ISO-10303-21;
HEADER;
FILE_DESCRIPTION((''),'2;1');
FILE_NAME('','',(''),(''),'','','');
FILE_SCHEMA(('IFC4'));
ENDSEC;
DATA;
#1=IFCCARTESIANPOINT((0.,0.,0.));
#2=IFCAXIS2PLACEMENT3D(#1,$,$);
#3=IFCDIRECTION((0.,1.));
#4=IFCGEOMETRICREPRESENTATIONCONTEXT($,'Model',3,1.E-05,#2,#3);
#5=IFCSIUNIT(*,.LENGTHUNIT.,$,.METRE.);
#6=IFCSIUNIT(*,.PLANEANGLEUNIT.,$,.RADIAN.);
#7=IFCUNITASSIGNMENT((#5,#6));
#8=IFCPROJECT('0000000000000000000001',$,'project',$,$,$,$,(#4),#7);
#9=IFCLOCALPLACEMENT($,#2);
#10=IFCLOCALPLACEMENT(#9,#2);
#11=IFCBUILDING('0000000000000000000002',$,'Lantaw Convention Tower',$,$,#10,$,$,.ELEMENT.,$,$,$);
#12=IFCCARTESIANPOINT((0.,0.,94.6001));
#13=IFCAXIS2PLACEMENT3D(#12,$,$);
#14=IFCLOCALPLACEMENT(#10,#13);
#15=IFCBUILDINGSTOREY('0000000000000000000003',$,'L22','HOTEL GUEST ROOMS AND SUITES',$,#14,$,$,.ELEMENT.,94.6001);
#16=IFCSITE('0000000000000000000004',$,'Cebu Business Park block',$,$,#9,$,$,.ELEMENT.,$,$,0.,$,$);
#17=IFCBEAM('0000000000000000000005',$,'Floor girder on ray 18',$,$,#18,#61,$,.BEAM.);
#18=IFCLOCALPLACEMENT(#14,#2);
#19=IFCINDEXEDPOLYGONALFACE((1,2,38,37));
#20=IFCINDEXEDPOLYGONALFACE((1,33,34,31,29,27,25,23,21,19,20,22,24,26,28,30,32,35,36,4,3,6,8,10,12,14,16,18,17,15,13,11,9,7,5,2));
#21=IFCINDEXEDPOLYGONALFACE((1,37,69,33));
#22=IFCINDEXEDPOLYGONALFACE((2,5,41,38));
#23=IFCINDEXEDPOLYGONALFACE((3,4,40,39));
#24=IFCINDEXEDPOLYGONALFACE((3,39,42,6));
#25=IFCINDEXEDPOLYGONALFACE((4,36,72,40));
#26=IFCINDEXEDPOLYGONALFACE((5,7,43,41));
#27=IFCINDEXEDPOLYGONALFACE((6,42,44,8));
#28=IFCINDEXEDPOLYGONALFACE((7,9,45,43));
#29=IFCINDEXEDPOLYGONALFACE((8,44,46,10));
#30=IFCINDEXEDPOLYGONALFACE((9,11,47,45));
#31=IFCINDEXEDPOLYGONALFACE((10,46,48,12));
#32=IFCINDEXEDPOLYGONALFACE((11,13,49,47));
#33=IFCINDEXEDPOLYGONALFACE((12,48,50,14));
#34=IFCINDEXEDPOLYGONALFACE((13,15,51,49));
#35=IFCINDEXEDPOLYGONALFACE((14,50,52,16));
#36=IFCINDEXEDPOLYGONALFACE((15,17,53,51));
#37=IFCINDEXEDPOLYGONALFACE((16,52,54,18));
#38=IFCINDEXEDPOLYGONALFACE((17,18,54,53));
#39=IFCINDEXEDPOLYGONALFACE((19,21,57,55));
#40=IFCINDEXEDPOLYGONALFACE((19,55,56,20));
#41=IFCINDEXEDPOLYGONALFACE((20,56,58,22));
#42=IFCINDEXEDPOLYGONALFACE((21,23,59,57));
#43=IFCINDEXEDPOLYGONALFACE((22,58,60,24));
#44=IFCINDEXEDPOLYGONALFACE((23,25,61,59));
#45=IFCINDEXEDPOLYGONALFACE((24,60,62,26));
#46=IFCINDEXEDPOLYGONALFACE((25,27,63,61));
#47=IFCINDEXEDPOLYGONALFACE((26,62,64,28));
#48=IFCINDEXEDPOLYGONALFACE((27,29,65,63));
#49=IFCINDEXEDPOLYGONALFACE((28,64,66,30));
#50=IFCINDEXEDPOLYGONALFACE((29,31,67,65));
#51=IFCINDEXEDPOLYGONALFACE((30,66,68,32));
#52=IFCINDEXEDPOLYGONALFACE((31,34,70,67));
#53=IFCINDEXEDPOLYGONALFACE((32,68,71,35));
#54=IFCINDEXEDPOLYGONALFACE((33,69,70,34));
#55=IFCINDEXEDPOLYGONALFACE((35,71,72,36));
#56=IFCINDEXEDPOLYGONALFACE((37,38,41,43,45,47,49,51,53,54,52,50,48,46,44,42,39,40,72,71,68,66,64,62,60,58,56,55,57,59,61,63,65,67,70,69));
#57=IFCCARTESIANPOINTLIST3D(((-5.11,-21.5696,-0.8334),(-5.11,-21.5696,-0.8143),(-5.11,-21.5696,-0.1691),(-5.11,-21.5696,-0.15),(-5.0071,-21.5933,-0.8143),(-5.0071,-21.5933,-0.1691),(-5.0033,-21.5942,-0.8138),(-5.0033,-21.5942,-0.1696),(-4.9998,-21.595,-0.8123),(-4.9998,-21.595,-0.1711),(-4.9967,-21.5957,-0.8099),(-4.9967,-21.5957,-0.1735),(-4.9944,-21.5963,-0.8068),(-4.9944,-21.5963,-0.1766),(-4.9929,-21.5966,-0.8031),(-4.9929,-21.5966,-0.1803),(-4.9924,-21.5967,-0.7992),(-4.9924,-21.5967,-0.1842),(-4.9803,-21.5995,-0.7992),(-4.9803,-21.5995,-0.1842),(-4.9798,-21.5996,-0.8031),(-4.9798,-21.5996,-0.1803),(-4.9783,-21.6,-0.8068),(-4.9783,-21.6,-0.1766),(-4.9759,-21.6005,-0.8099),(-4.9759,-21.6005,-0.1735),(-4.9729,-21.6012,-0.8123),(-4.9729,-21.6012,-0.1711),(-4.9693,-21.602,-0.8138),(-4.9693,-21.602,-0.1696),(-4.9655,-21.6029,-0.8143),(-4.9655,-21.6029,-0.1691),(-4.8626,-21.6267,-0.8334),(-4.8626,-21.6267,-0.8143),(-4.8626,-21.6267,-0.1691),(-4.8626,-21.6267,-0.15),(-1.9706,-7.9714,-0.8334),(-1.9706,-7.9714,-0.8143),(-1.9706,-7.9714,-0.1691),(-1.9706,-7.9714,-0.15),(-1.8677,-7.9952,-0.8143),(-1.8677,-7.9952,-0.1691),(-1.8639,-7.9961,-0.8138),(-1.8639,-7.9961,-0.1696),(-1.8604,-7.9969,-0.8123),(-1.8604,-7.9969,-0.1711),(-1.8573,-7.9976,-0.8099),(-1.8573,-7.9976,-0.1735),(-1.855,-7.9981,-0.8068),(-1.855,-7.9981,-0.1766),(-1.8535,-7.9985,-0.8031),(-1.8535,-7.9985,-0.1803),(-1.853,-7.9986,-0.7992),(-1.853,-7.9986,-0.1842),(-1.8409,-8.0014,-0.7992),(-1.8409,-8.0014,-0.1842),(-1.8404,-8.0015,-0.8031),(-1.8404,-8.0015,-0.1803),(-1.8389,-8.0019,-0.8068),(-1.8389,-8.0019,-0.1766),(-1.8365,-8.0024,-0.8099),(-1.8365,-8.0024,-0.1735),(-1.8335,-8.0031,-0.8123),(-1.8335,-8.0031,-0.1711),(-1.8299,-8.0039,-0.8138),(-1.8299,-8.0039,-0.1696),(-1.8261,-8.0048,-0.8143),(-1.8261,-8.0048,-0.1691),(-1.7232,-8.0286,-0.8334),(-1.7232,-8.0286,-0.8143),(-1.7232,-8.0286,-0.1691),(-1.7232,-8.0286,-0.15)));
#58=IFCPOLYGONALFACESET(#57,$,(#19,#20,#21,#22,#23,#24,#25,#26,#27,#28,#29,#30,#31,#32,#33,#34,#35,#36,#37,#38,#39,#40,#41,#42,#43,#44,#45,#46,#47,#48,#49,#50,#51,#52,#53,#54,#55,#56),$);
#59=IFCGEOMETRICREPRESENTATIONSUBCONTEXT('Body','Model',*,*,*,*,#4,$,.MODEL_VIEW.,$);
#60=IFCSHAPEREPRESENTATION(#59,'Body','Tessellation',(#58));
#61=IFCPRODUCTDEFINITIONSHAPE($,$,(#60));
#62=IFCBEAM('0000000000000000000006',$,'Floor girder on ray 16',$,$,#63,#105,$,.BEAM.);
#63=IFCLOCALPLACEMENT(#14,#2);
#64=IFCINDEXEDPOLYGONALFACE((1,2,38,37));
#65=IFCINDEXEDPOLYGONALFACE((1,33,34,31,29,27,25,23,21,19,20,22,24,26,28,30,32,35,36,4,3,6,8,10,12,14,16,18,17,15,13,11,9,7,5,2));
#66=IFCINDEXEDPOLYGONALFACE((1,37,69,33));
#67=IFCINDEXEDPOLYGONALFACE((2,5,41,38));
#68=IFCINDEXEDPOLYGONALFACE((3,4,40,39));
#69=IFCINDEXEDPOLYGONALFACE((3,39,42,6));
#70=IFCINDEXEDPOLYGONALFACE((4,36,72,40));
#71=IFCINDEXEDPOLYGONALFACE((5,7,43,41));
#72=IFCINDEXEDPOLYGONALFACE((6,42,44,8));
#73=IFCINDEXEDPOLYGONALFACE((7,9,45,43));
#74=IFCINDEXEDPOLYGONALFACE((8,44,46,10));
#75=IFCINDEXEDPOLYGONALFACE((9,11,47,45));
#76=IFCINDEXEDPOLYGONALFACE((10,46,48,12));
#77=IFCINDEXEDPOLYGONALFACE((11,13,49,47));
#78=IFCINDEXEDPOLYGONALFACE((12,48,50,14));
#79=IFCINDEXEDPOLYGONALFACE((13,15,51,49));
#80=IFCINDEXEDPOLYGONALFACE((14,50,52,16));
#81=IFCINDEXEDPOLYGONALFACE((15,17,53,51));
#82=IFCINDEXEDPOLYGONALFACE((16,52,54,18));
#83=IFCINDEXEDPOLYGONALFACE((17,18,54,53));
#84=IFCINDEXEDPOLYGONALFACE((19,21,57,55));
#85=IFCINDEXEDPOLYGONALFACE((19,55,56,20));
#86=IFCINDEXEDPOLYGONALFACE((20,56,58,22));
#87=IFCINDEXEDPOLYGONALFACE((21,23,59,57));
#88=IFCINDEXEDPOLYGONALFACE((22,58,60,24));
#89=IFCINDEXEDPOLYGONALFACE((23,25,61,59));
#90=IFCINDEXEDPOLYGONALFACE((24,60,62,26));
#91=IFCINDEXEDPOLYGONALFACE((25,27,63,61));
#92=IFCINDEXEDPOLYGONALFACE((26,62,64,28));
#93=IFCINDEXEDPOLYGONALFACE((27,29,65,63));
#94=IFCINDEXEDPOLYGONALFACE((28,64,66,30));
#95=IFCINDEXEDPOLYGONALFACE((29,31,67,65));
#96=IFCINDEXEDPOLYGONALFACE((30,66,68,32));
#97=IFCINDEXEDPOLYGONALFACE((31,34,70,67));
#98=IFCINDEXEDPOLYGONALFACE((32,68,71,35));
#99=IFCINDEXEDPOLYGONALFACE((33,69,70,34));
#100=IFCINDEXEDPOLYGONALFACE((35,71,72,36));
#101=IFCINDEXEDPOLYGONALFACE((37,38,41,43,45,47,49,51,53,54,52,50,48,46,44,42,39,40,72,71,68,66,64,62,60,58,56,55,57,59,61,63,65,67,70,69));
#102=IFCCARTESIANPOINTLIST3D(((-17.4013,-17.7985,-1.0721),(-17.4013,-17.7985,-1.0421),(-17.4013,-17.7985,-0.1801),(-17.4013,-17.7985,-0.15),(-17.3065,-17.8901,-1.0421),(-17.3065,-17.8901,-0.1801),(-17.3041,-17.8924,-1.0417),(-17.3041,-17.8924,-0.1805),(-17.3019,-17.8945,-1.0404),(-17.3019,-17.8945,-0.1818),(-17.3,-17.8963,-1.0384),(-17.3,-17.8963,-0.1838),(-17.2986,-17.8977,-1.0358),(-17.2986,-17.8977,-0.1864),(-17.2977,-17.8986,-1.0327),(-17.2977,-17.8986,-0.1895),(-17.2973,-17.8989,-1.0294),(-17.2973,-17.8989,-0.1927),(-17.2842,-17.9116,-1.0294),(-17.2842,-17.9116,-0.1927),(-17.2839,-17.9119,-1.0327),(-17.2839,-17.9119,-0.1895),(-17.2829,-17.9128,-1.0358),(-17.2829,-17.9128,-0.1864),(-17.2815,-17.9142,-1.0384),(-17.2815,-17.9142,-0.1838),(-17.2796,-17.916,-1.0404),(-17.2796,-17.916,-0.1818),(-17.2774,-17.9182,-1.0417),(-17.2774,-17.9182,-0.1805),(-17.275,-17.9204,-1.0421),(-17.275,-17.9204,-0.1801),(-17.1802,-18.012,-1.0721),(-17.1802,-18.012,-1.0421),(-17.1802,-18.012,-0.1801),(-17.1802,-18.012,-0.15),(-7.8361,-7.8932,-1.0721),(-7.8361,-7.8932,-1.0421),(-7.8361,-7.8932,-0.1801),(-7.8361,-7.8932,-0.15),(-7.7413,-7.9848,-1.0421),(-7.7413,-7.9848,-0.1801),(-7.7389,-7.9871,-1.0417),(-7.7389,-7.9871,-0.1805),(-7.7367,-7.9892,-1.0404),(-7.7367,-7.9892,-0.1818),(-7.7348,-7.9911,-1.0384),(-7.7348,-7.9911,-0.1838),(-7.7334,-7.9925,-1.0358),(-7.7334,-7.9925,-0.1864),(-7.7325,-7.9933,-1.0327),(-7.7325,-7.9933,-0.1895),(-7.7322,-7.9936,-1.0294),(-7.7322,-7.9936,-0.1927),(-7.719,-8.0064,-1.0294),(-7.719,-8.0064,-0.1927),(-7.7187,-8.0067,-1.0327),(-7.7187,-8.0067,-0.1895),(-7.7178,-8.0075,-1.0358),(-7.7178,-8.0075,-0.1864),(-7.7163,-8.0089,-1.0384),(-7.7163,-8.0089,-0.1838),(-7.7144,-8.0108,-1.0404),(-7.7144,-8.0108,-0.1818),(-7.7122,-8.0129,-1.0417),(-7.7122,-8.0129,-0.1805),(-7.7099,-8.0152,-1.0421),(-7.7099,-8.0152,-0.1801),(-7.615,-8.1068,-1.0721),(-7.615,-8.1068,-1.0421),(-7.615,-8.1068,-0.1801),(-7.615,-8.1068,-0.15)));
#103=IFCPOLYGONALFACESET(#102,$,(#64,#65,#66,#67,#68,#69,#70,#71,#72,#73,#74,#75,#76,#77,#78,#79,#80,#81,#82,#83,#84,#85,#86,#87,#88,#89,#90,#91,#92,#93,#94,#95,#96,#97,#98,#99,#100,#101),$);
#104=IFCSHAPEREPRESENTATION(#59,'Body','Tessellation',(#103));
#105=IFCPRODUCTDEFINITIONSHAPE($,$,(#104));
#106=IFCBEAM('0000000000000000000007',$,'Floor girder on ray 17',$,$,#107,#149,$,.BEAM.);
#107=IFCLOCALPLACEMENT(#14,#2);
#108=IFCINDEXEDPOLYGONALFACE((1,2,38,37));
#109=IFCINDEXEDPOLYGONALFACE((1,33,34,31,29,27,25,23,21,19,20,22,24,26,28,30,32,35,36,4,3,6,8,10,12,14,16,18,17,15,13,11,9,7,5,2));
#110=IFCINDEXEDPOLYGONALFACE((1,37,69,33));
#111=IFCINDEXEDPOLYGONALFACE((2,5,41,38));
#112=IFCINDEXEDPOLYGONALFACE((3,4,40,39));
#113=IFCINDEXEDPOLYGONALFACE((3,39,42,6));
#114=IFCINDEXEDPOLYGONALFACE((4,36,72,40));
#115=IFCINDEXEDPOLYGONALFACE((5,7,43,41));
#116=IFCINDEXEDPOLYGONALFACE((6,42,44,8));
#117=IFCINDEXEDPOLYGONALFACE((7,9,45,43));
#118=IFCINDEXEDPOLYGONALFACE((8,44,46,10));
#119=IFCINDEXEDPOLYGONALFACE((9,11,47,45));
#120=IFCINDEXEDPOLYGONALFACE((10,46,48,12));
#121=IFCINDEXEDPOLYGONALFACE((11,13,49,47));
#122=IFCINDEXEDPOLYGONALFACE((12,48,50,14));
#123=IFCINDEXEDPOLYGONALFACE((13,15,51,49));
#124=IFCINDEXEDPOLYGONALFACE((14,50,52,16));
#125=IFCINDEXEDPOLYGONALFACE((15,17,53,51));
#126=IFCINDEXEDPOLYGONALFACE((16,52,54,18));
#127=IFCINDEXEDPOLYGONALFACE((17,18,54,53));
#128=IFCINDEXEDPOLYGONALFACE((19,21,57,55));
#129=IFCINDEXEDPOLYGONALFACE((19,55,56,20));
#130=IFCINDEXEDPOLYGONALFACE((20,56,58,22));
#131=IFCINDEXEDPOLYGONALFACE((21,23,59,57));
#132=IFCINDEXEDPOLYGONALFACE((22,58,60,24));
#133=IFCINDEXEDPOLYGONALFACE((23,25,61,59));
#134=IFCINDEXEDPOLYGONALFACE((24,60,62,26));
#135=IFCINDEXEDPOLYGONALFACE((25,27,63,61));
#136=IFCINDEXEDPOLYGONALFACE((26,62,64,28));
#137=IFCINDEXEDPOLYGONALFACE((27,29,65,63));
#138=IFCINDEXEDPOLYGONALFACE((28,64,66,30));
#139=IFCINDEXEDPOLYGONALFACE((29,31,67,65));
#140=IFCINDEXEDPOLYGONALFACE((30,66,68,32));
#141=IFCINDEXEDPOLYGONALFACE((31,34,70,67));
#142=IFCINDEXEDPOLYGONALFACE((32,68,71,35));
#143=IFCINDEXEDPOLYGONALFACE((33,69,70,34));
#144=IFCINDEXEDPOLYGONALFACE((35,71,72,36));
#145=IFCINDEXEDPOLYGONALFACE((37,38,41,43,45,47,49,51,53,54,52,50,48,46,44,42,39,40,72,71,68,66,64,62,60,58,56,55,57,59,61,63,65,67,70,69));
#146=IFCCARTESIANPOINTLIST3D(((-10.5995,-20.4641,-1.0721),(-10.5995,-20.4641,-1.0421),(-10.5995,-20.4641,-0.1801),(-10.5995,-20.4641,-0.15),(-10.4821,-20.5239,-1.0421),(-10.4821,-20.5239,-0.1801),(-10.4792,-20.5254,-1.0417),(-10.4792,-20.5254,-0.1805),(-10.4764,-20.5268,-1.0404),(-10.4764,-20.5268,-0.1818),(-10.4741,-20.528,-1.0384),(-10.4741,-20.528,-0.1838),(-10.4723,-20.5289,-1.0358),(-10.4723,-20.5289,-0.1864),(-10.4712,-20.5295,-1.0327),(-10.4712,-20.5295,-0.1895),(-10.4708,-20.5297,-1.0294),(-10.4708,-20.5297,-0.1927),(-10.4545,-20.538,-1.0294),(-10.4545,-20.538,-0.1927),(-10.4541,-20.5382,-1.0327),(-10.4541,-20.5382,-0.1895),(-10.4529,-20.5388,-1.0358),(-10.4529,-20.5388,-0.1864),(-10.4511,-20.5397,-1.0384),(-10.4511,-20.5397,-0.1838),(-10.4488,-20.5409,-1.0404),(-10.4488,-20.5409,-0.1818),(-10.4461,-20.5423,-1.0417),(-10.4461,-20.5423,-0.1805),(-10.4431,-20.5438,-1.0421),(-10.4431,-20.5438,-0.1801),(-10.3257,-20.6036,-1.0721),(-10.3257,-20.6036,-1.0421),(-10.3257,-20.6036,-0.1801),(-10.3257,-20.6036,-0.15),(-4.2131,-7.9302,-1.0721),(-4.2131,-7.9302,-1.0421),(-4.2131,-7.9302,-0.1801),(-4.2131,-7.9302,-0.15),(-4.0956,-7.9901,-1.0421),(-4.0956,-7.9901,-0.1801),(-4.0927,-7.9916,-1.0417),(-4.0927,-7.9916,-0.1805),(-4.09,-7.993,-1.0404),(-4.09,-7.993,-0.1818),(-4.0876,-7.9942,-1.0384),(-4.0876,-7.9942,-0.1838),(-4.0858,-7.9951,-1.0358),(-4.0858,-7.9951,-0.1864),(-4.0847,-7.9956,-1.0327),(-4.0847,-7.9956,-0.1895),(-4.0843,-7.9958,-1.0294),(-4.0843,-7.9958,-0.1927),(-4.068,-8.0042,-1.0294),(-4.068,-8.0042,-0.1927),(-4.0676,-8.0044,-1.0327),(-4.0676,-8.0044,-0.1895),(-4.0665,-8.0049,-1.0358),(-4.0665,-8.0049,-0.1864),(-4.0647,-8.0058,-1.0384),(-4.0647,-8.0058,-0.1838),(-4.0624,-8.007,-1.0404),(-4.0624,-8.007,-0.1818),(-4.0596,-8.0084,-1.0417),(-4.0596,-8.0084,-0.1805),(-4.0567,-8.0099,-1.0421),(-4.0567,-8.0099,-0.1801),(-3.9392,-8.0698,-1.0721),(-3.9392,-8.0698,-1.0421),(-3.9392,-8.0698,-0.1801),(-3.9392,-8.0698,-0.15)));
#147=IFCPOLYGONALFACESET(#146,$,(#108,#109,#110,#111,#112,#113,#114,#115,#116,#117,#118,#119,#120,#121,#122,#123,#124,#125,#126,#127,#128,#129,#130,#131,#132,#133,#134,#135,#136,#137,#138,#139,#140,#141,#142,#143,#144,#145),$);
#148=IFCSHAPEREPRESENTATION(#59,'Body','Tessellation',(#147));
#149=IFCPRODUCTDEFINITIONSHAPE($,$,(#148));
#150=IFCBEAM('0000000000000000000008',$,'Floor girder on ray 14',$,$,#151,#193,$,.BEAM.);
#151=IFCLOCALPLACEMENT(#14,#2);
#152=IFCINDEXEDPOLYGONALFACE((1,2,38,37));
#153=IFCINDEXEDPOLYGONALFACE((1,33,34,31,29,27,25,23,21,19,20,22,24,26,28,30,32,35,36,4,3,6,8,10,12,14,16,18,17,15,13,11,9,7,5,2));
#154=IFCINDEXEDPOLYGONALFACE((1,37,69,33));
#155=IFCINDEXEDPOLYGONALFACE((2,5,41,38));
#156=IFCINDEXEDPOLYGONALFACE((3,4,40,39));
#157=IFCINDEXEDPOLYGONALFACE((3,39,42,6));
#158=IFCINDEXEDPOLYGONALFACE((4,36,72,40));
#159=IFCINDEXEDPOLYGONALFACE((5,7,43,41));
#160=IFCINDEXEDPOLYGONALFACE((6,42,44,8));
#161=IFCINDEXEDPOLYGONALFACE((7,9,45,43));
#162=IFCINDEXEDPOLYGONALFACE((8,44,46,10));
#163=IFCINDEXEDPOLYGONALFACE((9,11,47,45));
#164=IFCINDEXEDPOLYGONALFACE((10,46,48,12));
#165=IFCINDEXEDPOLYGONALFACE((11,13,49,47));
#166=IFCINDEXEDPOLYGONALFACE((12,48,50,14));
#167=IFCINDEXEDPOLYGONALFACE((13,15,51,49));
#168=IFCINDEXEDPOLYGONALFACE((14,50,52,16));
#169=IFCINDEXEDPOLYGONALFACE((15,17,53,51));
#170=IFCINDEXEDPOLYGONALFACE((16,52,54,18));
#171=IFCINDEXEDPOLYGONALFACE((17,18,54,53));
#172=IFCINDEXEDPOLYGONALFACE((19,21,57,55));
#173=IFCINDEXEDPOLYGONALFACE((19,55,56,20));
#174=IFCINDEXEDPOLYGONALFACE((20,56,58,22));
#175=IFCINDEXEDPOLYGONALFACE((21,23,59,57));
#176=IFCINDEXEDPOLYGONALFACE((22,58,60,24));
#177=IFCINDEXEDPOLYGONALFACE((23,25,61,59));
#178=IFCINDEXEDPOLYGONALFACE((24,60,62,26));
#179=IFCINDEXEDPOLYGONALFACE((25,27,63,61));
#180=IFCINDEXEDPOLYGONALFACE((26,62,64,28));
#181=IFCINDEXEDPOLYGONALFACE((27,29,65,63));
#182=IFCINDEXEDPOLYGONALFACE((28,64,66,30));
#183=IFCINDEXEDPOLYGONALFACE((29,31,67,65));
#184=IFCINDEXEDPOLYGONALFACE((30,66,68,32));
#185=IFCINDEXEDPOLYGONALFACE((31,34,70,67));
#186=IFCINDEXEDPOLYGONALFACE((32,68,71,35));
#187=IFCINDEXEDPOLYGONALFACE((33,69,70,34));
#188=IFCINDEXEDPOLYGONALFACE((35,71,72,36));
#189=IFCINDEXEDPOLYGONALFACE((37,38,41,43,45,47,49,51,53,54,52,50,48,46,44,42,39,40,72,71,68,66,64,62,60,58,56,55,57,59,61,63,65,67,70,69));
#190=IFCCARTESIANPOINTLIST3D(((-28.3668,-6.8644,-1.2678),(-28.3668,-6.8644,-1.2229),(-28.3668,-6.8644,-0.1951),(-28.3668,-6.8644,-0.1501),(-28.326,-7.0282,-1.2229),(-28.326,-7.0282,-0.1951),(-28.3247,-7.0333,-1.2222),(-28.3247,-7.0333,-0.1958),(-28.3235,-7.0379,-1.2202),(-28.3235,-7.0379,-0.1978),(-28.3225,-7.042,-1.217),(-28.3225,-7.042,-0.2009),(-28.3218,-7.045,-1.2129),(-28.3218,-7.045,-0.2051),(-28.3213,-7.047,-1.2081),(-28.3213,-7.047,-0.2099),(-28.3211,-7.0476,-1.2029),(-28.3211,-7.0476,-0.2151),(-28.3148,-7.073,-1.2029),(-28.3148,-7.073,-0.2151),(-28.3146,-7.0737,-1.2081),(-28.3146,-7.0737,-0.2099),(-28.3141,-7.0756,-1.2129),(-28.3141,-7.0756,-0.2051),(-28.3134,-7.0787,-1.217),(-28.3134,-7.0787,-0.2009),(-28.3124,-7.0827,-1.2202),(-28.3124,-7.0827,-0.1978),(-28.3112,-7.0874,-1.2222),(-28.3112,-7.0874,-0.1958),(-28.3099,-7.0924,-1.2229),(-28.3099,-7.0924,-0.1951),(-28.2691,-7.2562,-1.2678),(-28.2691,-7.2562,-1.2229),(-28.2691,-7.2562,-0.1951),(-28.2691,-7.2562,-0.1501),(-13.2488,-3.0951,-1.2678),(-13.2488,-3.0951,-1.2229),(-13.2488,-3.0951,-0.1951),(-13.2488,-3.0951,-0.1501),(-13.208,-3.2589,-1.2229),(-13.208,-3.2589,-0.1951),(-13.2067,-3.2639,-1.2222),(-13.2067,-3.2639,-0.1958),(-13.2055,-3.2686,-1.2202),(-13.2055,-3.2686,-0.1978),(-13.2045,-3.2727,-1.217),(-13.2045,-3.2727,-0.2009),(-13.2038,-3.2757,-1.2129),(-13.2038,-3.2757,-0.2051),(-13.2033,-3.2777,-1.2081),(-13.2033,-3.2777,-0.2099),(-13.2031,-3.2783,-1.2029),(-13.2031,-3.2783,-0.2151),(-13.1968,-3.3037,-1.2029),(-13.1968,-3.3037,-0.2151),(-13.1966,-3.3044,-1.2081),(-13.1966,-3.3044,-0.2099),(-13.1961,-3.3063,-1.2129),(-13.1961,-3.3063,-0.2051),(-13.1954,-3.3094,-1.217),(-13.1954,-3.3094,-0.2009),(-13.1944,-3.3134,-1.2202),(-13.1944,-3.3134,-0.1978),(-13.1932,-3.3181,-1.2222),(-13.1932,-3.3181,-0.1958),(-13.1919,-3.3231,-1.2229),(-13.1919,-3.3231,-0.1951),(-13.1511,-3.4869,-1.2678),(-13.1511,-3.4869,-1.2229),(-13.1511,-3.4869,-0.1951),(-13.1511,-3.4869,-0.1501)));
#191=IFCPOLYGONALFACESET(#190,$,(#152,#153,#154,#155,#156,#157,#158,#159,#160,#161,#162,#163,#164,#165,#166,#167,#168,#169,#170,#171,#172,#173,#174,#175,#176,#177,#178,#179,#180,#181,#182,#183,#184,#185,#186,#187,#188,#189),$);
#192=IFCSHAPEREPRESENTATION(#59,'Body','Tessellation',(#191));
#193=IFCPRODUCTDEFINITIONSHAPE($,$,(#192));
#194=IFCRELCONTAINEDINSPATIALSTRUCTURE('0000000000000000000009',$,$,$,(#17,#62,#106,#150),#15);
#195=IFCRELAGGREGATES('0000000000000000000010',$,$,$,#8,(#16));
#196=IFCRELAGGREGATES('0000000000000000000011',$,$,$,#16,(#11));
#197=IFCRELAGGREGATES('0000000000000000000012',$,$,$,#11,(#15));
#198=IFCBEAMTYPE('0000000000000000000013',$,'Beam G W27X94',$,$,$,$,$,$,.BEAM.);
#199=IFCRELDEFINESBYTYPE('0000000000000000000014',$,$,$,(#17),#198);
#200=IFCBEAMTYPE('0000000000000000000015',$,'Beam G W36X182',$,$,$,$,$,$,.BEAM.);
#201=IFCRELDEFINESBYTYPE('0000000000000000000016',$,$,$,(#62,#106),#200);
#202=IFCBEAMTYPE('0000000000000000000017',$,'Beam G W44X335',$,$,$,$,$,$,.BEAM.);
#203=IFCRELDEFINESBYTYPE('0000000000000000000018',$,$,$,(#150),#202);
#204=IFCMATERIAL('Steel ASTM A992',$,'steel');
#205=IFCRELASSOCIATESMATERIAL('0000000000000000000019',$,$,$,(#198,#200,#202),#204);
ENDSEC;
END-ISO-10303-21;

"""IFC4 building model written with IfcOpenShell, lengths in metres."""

from ifc_helpers import new_model, si_unit, direction, frame, origin, origin_2d, place, context, subcontext, project, spatial, i_section, extrude, material, material_profile, profile_set, type_object, element, save


model = new_model("IFC4")

# Units and contexts
model_context = context("Model", 3, precision=1e-05, world=origin(), true_north=direction((0.0, 1.0)))
body_context = subcontext(model_context, "Body", "Model", "MODEL_VIEW")
ifc_project = project(units=[si_unit("LENGTHUNIT", "METRE"), si_unit("PLANEANGLEUNIT", "RADIAN")], contexts=[model_context])

# Site, building, storey
site_placement = place(None, origin())
site = spatial("IfcSite", under=ifc_project, at=site_placement, Name="Cebu Business Park block", CompositionType="ELEMENT", RefElevation=0.0)
building_placement = place(site_placement, origin())
building = spatial("IfcBuilding", under=site, at=building_placement, Name="Lantaw Convention Tower", CompositionType="ELEMENT")
storey_placement = place(building_placement, frame((0.0, 0.0, 94.6001)))
storey = spatial("IfcBuildingStorey", under=building, at=storey_placement, Name="L22", Description="HOTEL GUEST ROOMS AND SUITES", CompositionType="ELEMENT", Elevation=94.6001)

# Beams
ifc_material_1 = material(Name="Steel ASTM A992", Category="steel")
ifc_material_profile_1 = material_profile(ifc_material_1, i_section(OverallWidth=0.2539, OverallDepth=0.6833, WebThickness=0.0125, FlangeThickness=0.019, FilletRadius=0.0151, at=origin_2d()), Name="W27X94")
ifc_profile_set_1 = profile_set([ifc_material_profile_1], Name="Steel ASTM A992")
beam_type_1 = type_object("IfcBeamType", Name="Beam G W27X94", PredefinedType="BEAM", material=ifc_profile_set_1)
beam_1_placement = place(storey_placement, frame((-1.8469, -8.0, -0.4917), z_axis=(-0.224953, -0.97437, 0.0), x_axis=(0.97437, -0.224953, 0.0)))
element("IfcBeam", 1, at=beam_1_placement, inside=storey, type_object=beam_type_1, Name="Floor girder on ray 18", PredefinedType="BEAM", context=body_context, shape_type="SweptSolid", body=[
    extrude(i_section(OverallWidth=0.2539, OverallDepth=0.6833, WebThickness=0.0125, FlangeThickness=0.019, FilletRadius=0.0151, at=origin_2d()), origin(), (0.0, 0.0, 1.0), 13.9558),
])
ifc_material_profile_2 = material_profile(ifc_material_1, i_section(OverallWidth=0.3074, OverallDepth=0.9221, WebThickness=0.0183, FlangeThickness=0.03, FilletRadius=0.0127, at=origin_2d()), Name="W36X182")
ifc_profile_set_2 = profile_set([ifc_material_profile_2], Name="Steel ASTM A992")
beam_type_2 = type_object("IfcBeamType", Name="Beam G W36X182", PredefinedType="BEAM", material=ifc_profile_set_2)
beam_2_placement = place(storey_placement, frame((-7.7256, -8.0, -0.6111), z_axis=(-0.69465, -0.719348, 0.0), x_axis=(0.719348, -0.69465, 0.0)))
element("IfcBeam", 2, at=beam_2_placement, inside=storey, type_object=beam_type_2, Name="Floor girder on ray 16", PredefinedType="BEAM", context=body_context, shape_type="SweptSolid", body=[
    extrude(i_section(OverallWidth=0.3074, OverallDepth=0.9221, WebThickness=0.0183, FlangeThickness=0.03, FilletRadius=0.0127, at=origin_2d()), origin(), (0.0, 0.0, 1.0), 13.7698),
])
beam_3_placement = place(storey_placement, frame((-4.0762, -8.0, -0.6111), z_axis=(-0.453997, -0.891003, 0.0), x_axis=(0.891003, -0.453997, 0.0)))
element("IfcBeam", 3, at=beam_3_placement, inside=storey, type_object=beam_type_2, Name="Floor girder on ray 17", PredefinedType="BEAM", context=body_context, shape_type="SweptSolid", body=[
    extrude(i_section(OverallWidth=0.3074, OverallDepth=0.9221, WebThickness=0.0183, FlangeThickness=0.03, FilletRadius=0.0127, at=origin_2d()), origin(), (0.0, 0.0, 1.0), 14.0671),
])
ifc_material_profile_3 = material_profile(ifc_material_1, i_section(OverallWidth=0.4038, OverallDepth=1.1177, WebThickness=0.0261, FlangeThickness=0.0449, FilletRadius=0.02, at=origin_2d()), Name="W44X335")
ifc_profile_set_3 = profile_set([ifc_material_profile_3], Name="Steel ASTM A992")
beam_type_3 = type_object("IfcBeamType", Name="Beam G W44X335", PredefinedType="BEAM", material=ifc_profile_set_3)
beam_4_placement = place(storey_placement, frame((-13.2, -3.291, -0.709), z_axis=(-0.970296, -0.24192, 0.0), x_axis=(0.24192, -0.970296, 0.0)))
element("IfcBeam", 4, at=beam_4_placement, inside=storey, type_object=beam_type_3, Name="Floor girder on ray 14", PredefinedType="BEAM", context=body_context, shape_type="SweptSolid", body=[
    extrude(i_section(OverallWidth=0.4038, OverallDepth=1.1177, WebThickness=0.0261, FlangeThickness=0.0449, FilletRadius=0.02, at=origin_2d()), origin(), (0.0, 0.0, 1.0), 15.5808),
])

save(model, "model.ifc")
